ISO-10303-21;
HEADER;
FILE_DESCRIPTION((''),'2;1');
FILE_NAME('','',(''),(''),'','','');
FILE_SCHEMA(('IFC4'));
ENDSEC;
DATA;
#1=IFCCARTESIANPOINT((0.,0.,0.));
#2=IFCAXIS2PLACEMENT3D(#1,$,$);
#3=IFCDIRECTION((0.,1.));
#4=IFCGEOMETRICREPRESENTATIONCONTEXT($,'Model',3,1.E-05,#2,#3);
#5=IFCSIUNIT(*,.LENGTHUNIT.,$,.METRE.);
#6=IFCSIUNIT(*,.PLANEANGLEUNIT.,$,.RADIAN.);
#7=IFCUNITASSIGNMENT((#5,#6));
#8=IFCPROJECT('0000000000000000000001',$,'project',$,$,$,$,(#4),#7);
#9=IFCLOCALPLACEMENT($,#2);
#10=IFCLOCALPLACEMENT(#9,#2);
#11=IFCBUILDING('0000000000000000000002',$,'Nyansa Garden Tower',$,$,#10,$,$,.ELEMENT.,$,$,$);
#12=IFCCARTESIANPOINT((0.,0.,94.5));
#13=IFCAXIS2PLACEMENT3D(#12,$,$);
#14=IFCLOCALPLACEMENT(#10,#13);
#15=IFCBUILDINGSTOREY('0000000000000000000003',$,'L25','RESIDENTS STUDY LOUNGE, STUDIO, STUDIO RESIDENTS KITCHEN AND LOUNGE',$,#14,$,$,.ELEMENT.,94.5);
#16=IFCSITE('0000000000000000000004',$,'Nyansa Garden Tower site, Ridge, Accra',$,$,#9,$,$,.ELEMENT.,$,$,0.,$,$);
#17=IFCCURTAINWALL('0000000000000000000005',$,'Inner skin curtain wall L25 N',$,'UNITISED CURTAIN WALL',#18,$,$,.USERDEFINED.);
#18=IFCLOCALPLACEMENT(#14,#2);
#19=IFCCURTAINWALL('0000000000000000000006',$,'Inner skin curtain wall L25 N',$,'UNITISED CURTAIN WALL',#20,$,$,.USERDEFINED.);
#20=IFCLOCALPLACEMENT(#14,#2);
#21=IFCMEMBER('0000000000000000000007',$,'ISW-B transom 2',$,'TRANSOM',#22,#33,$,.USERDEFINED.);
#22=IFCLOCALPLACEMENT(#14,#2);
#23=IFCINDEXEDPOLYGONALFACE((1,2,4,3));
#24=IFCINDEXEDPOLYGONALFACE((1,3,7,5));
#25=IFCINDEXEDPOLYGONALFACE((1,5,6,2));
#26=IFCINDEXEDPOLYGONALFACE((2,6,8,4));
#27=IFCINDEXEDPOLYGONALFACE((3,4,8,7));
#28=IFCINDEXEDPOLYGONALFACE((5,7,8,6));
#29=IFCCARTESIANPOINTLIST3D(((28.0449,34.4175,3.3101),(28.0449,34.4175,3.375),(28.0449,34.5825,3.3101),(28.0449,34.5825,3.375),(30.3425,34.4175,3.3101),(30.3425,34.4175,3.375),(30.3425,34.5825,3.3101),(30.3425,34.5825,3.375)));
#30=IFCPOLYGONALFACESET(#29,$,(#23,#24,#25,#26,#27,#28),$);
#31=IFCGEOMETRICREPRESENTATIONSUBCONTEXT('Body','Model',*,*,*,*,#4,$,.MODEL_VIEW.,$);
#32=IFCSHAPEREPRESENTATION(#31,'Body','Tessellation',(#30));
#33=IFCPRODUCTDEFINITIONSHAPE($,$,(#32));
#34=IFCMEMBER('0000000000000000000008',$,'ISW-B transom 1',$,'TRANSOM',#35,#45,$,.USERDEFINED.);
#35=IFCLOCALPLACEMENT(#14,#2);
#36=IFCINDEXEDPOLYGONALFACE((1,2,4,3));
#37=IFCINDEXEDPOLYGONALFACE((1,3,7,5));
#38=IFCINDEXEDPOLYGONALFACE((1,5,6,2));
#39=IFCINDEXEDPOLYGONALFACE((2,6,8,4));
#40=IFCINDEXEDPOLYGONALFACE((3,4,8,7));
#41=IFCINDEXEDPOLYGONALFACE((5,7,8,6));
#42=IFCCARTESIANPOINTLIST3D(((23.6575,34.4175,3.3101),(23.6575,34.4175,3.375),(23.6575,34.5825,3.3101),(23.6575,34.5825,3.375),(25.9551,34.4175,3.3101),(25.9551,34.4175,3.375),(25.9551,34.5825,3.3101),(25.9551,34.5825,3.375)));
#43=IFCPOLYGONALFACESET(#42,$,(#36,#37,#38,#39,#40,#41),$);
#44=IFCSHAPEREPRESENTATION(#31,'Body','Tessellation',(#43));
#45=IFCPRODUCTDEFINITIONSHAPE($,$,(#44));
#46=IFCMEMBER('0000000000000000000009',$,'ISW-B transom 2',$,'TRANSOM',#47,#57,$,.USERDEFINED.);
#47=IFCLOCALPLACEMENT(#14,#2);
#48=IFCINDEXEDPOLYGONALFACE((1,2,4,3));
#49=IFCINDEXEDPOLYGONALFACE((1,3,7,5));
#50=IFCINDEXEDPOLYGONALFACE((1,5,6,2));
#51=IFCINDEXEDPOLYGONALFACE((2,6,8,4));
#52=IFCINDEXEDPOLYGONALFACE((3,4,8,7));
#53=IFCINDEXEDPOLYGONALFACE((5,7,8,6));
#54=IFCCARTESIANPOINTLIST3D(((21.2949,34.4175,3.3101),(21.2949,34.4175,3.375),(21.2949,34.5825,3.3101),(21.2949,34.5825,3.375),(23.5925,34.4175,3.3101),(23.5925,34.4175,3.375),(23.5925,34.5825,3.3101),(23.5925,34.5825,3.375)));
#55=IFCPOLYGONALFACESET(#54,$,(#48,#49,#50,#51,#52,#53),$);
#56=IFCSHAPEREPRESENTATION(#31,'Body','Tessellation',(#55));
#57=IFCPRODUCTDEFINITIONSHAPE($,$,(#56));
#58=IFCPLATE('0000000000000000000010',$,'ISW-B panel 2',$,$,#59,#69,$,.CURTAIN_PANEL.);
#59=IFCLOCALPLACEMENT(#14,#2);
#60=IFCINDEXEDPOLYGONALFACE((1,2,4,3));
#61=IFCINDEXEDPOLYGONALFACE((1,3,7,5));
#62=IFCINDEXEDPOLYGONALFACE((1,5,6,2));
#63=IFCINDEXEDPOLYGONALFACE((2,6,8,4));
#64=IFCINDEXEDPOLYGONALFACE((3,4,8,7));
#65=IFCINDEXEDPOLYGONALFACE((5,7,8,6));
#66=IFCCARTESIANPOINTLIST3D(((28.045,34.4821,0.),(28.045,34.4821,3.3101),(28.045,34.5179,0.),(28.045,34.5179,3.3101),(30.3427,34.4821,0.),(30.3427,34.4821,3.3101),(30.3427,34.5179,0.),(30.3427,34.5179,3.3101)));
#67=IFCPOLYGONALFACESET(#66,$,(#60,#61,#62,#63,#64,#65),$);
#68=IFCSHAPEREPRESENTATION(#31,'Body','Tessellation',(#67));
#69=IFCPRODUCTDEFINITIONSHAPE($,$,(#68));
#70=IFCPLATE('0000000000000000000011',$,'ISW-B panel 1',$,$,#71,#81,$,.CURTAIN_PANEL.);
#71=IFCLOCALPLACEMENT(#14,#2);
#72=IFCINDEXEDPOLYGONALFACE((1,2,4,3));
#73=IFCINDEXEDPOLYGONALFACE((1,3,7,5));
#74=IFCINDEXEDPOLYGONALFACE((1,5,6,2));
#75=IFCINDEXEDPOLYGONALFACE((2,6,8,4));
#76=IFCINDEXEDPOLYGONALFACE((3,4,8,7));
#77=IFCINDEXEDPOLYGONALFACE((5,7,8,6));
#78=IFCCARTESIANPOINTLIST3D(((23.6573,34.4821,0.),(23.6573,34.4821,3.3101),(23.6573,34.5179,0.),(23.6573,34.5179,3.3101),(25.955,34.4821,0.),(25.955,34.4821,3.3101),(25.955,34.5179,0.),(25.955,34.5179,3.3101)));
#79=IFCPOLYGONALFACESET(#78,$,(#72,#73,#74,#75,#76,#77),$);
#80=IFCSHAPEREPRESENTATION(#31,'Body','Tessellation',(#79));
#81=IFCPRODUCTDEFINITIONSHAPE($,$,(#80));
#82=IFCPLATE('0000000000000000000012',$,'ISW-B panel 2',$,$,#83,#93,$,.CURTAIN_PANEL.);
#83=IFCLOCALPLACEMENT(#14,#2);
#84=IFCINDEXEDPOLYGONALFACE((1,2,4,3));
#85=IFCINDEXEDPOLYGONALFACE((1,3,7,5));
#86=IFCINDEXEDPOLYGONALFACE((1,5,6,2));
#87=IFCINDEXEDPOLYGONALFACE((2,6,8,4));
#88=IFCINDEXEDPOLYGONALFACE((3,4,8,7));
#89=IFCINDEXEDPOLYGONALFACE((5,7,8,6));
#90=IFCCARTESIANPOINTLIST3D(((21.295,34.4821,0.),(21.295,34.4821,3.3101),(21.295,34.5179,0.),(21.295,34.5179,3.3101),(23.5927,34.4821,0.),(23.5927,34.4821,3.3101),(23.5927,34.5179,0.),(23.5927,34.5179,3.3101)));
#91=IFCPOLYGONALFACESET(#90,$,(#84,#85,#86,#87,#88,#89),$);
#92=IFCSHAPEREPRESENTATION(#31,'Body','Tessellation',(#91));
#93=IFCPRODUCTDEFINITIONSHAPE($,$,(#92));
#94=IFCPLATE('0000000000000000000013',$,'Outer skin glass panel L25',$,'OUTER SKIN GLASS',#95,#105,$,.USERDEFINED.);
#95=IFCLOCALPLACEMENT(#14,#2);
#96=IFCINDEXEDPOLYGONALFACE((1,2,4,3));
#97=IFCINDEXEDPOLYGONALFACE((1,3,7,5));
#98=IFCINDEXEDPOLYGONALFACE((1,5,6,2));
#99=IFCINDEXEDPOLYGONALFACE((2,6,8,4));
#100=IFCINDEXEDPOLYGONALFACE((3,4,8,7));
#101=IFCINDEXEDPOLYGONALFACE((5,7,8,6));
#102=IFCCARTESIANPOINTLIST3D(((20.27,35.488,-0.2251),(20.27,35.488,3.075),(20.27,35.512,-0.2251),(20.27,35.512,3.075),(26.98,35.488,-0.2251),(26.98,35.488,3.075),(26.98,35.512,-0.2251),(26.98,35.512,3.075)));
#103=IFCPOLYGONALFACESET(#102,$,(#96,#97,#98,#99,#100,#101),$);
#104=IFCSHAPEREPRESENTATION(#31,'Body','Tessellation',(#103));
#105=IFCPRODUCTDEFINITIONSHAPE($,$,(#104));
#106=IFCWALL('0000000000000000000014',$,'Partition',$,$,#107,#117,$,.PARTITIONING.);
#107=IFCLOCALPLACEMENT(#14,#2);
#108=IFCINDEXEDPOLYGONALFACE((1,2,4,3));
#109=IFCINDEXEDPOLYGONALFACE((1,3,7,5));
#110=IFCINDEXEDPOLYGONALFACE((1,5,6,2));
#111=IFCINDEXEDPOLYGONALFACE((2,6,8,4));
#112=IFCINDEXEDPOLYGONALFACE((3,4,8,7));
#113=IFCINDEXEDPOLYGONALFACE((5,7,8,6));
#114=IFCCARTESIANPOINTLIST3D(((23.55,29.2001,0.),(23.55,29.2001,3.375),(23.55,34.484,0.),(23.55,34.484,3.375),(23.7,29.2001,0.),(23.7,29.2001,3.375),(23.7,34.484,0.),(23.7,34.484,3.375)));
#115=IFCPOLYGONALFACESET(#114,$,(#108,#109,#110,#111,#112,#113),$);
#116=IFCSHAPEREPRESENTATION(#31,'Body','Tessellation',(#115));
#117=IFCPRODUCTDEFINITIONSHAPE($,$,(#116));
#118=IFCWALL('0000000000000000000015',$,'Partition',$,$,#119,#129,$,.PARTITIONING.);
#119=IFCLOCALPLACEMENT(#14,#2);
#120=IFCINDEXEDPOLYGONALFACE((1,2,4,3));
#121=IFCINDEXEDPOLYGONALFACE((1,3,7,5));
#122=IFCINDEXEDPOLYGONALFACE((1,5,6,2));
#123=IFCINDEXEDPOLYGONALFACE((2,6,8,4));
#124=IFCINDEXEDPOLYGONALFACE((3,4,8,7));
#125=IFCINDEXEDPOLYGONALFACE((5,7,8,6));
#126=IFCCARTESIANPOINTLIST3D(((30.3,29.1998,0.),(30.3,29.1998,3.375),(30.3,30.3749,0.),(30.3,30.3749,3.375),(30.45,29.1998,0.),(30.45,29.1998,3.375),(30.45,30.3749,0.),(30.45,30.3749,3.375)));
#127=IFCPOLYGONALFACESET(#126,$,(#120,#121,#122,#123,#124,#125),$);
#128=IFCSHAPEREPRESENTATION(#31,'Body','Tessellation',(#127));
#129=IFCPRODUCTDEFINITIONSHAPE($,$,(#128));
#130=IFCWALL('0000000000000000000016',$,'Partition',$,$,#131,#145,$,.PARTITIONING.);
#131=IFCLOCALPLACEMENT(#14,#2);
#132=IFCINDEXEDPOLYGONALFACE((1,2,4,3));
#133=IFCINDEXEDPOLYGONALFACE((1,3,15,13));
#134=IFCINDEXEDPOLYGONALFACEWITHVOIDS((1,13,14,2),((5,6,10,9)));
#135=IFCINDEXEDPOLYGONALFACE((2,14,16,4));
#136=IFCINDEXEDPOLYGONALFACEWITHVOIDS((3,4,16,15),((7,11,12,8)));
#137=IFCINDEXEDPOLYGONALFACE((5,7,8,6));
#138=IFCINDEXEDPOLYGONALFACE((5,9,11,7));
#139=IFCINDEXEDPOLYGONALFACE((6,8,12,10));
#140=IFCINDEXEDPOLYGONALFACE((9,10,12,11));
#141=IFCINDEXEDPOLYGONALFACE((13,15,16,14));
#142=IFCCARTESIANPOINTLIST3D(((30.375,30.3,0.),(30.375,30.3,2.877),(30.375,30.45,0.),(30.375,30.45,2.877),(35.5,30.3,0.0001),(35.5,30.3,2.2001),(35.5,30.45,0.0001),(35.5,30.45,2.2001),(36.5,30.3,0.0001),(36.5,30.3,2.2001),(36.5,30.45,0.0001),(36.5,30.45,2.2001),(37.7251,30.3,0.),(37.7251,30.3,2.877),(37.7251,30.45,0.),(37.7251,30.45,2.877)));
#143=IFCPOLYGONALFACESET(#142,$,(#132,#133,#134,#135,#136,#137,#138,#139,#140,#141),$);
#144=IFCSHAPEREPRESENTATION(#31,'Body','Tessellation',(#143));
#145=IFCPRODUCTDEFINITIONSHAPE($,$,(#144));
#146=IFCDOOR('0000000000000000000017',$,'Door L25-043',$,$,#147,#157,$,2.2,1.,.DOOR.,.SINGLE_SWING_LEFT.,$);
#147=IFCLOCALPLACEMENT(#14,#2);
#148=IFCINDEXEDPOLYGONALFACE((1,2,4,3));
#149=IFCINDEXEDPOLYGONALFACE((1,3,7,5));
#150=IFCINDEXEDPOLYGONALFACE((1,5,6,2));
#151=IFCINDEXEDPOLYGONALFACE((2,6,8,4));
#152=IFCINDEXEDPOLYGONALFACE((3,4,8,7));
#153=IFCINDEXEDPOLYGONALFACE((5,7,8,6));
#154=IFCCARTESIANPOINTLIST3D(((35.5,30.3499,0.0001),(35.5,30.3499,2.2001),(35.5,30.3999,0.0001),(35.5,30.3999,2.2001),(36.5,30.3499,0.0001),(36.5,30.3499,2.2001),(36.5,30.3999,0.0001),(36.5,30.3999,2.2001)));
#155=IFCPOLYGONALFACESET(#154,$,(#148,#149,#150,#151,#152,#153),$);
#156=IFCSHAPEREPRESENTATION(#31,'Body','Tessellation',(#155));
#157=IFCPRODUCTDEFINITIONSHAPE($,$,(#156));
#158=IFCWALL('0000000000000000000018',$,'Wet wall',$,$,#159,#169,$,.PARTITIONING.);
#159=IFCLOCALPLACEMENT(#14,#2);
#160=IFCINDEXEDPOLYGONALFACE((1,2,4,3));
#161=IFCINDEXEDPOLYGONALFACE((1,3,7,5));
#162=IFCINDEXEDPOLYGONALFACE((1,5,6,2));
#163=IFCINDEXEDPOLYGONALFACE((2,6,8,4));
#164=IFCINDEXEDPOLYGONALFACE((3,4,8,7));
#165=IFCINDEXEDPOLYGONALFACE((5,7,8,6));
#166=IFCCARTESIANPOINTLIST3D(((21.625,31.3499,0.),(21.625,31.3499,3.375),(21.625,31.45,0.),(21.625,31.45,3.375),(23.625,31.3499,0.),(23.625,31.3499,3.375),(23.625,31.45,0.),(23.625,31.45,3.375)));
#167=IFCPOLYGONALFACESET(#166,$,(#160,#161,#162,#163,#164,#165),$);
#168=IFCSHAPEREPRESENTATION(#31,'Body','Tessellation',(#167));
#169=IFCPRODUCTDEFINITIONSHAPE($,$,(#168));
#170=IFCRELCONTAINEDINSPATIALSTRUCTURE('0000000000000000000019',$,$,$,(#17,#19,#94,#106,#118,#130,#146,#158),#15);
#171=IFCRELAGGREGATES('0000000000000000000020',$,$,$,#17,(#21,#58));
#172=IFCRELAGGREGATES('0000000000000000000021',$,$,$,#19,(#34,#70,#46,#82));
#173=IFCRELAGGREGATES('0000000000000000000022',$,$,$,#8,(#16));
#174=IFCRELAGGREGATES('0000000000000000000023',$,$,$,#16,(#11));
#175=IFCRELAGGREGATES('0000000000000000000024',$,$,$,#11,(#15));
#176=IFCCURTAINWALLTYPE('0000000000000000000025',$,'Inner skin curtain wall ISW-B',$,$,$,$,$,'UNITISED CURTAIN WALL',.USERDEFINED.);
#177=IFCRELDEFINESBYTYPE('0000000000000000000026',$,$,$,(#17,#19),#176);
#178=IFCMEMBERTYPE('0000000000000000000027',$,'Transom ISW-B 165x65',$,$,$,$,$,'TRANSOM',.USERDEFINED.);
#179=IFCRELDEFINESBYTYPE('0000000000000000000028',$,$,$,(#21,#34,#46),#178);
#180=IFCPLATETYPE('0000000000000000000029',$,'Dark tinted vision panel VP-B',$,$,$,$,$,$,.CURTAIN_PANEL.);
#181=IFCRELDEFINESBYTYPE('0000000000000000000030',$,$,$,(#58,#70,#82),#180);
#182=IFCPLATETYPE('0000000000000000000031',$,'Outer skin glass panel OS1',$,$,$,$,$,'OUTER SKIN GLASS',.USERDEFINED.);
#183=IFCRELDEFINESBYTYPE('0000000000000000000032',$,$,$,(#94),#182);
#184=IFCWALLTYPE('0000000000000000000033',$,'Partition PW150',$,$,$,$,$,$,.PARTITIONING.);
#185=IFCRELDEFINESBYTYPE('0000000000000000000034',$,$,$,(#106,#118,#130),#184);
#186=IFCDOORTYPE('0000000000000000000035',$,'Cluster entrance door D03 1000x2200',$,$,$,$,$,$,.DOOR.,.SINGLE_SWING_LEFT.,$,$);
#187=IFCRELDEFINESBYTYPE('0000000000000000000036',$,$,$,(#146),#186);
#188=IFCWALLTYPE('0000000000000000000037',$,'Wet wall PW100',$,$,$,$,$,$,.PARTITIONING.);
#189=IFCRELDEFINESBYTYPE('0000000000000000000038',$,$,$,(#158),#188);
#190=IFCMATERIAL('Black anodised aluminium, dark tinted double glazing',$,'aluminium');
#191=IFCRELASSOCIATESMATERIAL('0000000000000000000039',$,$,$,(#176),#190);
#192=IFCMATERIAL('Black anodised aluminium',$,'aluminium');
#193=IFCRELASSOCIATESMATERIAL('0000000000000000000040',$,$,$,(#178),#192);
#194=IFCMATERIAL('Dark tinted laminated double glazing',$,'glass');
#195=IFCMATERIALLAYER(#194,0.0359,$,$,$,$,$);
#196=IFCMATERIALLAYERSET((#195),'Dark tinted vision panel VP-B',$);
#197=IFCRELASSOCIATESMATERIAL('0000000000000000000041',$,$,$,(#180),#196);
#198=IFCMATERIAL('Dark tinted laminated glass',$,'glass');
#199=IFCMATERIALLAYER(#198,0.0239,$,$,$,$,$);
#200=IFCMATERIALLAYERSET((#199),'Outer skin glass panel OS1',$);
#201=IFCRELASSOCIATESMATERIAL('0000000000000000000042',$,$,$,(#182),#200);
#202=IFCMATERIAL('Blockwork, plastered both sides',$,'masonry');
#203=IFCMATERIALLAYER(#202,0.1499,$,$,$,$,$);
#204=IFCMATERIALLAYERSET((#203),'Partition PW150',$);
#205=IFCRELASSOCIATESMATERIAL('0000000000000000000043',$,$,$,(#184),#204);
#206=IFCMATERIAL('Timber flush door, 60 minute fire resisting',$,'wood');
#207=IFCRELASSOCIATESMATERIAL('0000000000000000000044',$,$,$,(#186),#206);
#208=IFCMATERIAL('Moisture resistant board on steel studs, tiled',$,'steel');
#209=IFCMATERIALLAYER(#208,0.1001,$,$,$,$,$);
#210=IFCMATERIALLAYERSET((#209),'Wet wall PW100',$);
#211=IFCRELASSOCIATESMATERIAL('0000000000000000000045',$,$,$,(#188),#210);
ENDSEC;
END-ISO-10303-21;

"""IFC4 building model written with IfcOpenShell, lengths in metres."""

from ifc_helpers import new_model, si_unit, direction, frame, frame_2d, origin, origin_2d, place, context, subcontext, project, spatial, rectangle, extrude, material, layer, layer_set, material_profile, profile_set, type_object, element, fill, aggregate, save


model = new_model("IFC4")

# Units and contexts
model_context = context("Model", 3, precision=1e-05, world=origin(), true_north=direction((0.0, 1.0)))
body_context = subcontext(model_context, "Body", "Model", "MODEL_VIEW")
ifc_project = project(units=[si_unit("LENGTHUNIT", "METRE"), si_unit("PLANEANGLEUNIT", "RADIAN")], contexts=[model_context])

# Site, building, storey
site_placement = place(None, origin())
site = spatial("IfcSite", under=ifc_project, at=site_placement, Name="Nyansa Garden Tower site, Ridge, Accra", CompositionType="ELEMENT", RefElevation=0.0)
building_placement = place(site_placement, origin())
building = spatial("IfcBuilding", under=site, at=building_placement, Name="Nyansa Garden Tower", CompositionType="ELEMENT")
storey_placement = place(building_placement, frame((0.0, 0.0, 94.5)))
storey = spatial("IfcBuildingStorey", under=building, at=storey_placement, Name="L25", Description="RESIDENTS STUDY LOUNGE, STUDIO, STUDIO RESIDENTS KITCHEN AND LOUNGE", CompositionType="ELEMENT", Elevation=94.5)

# Curtain walls
ifc_material_1 = material(Name="Black anodised aluminium, dark tinted double glazing", Category="aluminium")
curtain_wall_type = type_object("IfcCurtainWallType", Name="Inner skin curtain wall ISW-B", ElementType="UNITISED CURTAIN WALL", PredefinedType="USERDEFINED", material=ifc_material_1)
curtain_wall_1_placement = place(storey_placement, origin())
curtain_wall_1 = element("IfcCurtainWall", 1, at=curtain_wall_1_placement, inside=storey, type_object=curtain_wall_type, Name="Inner skin curtain wall L25 N", ObjectType="UNITISED CURTAIN WALL", PredefinedType="USERDEFINED")
curtain_wall_2_placement = place(storey_placement, origin())
curtain_wall_2 = element("IfcCurtainWall", 2, at=curtain_wall_2_placement, inside=storey, type_object=curtain_wall_type, Name="Inner skin curtain wall L25 N", ObjectType="UNITISED CURTAIN WALL", PredefinedType="USERDEFINED")

# Members
ifc_material_2 = material(Name="Black anodised aluminium", Category="aluminium")
ifc_material_profile_1 = material_profile(ifc_material_2, rectangle(XDim=0.165, YDim=0.0649, at=origin_2d()), Name="Transom 165x65")
ifc_profile_set_1 = profile_set([ifc_material_profile_1], Name="Black anodised aluminium")
member_type_1 = type_object("IfcMemberType", Name="Transom ISW-B 165x65", ElementType="TRANSOM", PredefinedType="USERDEFINED", material=ifc_profile_set_1)
member_1_placement = place(storey_placement, frame((30.3425, 34.5, 3.3425), z_axis=(-1.0, 0.0, 0.0), x_axis=(0.0, -1.0, 0.0)))
member_1 = element("IfcMember", 3, at=member_1_placement, type_object=member_type_1, Name="ISW-B transom 2", ObjectType="TRANSOM", PredefinedType="USERDEFINED", context=body_context, shape_type="SweptSolid", body=[
    extrude(rectangle(XDim=0.165, YDim=0.0649, at=origin_2d()), origin(), (0.0, 0.0, 1.0), 2.2976),
])
member_2_placement = place(storey_placement, frame((25.9551, 34.5, 3.3425), z_axis=(-1.0, 0.0, 0.0), x_axis=(0.0, -1.0, 0.0)))
member_2 = element("IfcMember", 4, at=member_2_placement, type_object=member_type_1, Name="ISW-B transom 1", ObjectType="TRANSOM", PredefinedType="USERDEFINED", context=body_context, shape_type="SweptSolid", body=[
    extrude(rectangle(XDim=0.165, YDim=0.0649, at=origin_2d()), origin(), (0.0, 0.0, 1.0), 2.2976),
])
member_3_placement = place(storey_placement, frame((23.5925, 34.5, 3.3425), z_axis=(-1.0, 0.0, 0.0), x_axis=(0.0, -1.0, 0.0)))
member_3 = element("IfcMember", 5, at=member_3_placement, type_object=member_type_1, Name="ISW-B transom 2", ObjectType="TRANSOM", PredefinedType="USERDEFINED", context=body_context, shape_type="SweptSolid", body=[
    extrude(rectangle(XDim=0.165, YDim=0.0649, at=origin_2d()), origin(), (0.0, 0.0, 1.0), 2.2976),
])

# Plates
ifc_material_3 = material(Name="Dark tinted laminated double glazing", Category="glass")
ifc_layer_1 = layer(ifc_material_3, 0.0359)
ifc_layer_set_1 = layer_set([ifc_layer_1], Name="Dark tinted vision panel VP-B")
plate_type_1 = type_object("IfcPlateType", Name="Dark tinted vision panel VP-B", PredefinedType="CURTAIN_PANEL", material=ifc_layer_set_1)
plate_1_placement = place(storey_placement, frame((29.1938, 34.5, 0.0), z_axis=(0.0, 0.0, 1.0), x_axis=(-1.0, 0.0, 0.0)))
plate_1 = element("IfcPlate", 6, at=plate_1_placement, type_object=plate_type_1, Name="ISW-B panel 2", PredefinedType="CURTAIN_PANEL", context=body_context, shape_type="SweptSolid", body=[
    extrude(rectangle(XDim=2.2976, YDim=0.0359, at=origin_2d()), origin(), (0.0, 0.0, 1.0), 3.3101),
])
aggregate(curtain_wall_1, [member_1, plate_1])
plate_2_placement = place(storey_placement, frame((24.8062, 34.5, 0.0), z_axis=(0.0, 0.0, 1.0), x_axis=(-1.0, 0.0, 0.0)))
plate_2 = element("IfcPlate", 7, at=plate_2_placement, type_object=plate_type_1, Name="ISW-B panel 1", PredefinedType="CURTAIN_PANEL", context=body_context, shape_type="SweptSolid", body=[
    extrude(rectangle(XDim=2.2976, YDim=0.0359, at=origin_2d()), origin(), (0.0, 0.0, 1.0), 3.3101),
])
plate_3_placement = place(storey_placement, frame((22.4438, 34.5, 0.0), z_axis=(0.0, 0.0, 1.0), x_axis=(-1.0, 0.0, 0.0)))
plate_3 = element("IfcPlate", 8, at=plate_3_placement, type_object=plate_type_1, Name="ISW-B panel 2", PredefinedType="CURTAIN_PANEL", context=body_context, shape_type="SweptSolid", body=[
    extrude(rectangle(XDim=2.2976, YDim=0.0359, at=origin_2d()), origin(), (0.0, 0.0, 1.0), 3.3101),
])
aggregate(curtain_wall_2, [member_2, plate_2, member_3, plate_3])
ifc_material_4 = material(Name="Dark tinted laminated glass", Category="glass")
ifc_layer_2 = layer(ifc_material_4, 0.0239)
ifc_layer_set_2 = layer_set([ifc_layer_2], Name="Outer skin glass panel OS1")
plate_type_2 = type_object("IfcPlateType", Name="Outer skin glass panel OS1", ElementType="OUTER SKIN GLASS", PredefinedType="USERDEFINED", material=ifc_layer_set_2)
plate_4_placement = place(storey_placement, frame((23.625, 35.5, -0.2251), z_axis=(0.0, 0.0, 1.0), x_axis=(1.0, 0.0, 0.0)))
element("IfcPlate", 9, at=plate_4_placement, inside=storey, type_object=plate_type_2, Name="Outer skin glass panel L25", ObjectType="OUTER SKIN GLASS", PredefinedType="USERDEFINED", context=body_context, shape_type="SweptSolid", body=[
    extrude(rectangle(XDim=6.71, YDim=0.0239, at=origin_2d()), origin(), (0.0, 0.0, 1.0), 3.3),
])

# Walls
ifc_material_5 = material(Name="Blockwork, plastered both sides", Category="masonry")
ifc_layer_3 = layer(ifc_material_5, 0.1499)
ifc_layer_set_3 = layer_set([ifc_layer_3], Name="Partition PW150")
wall_type_1 = type_object("IfcWallType", Name="Partition PW150", PredefinedType="PARTITIONING", material=ifc_layer_set_3)
wall_1_placement = place(storey_placement, frame((23.625, 29.2, 0.0), z_axis=(0.0, 0.0, 1.0), x_axis=(0.0, 1.0, 0.0)))
element("IfcWall", 10, at=wall_1_placement, inside=storey, type_object=wall_type_1, Name="Partition", PredefinedType="PARTITIONING", context=body_context, shape_type="SweptSolid", body=[
    extrude(rectangle(XDim=5.2839, YDim=0.1499, at=frame_2d((2.6421, 0.0))), origin(), (0.0, 0.0, 1.0), 3.375),
])
wall_2_placement = place(storey_placement, frame((30.375, 29.2, 0.0), z_axis=(0.0, 0.0, 1.0), x_axis=(0.0, 1.0, 0.0)))
element("IfcWall", 11, at=wall_2_placement, inside=storey, type_object=wall_type_1, Name="Partition", PredefinedType="PARTITIONING", context=body_context, shape_type="SweptSolid", body=[
    extrude(rectangle(XDim=1.175, YDim=0.1499, at=frame_2d((0.5874, 0.0))), origin(), (0.0, 0.0, 1.0), 3.375),
])

# Wall, opening, door
wall_3_placement = place(storey_placement, frame((30.375, 30.375, 0.0), z_axis=(0.0, 0.0, 1.0), x_axis=(1.0, 0.0, 0.0)))
wall_3 = element("IfcWall", 12, at=wall_3_placement, inside=storey, type_object=wall_type_1, Name="Partition", PredefinedType="PARTITIONING", context=body_context, shape_type="SweptSolid", body=[
    extrude(rectangle(XDim=7.3501, YDim=0.1499, at=frame_2d((3.675, 0.0))), origin(), (0.0, 0.0, 1.0), 2.877),
])
opening_placement = place(wall_3_placement, frame((5.125, 0.0, 0.0)))
opening = element("IfcOpeningElement", 13, at=opening_placement, cuts=wall_3, PredefinedType="OPENING", context=body_context, shape_type="SweptSolid", body=[
    extrude(rectangle(XDim=1.0, YDim=2.2, at=frame_2d((0.5, 1.1001))), frame((0.0, 0.085, 0.0), z_axis=(0.0, -1.0, 0.0), x_axis=(1.0, 0.0, 0.0)), (0.0, 0.0, 1.0), 0.1699),
])
ifc_material_6 = material(Name="Timber flush door, 60 minute fire resisting", Category="wood")
door_type = type_object("IfcDoorType", Name="Cluster entrance door D03 1000x2200", OperationType="SINGLE_SWING_LEFT", PredefinedType="DOOR", material=ifc_material_6)
door_placement = place(opening_placement, origin())
door = element("IfcDoor", 14, at=door_placement, inside=storey, type_object=door_type, Name="Door L25-043", OperationType="SINGLE_SWING_LEFT", OverallHeight=2.2, OverallWidth=1.0, PredefinedType="DOOR", context=body_context, shape_type="SweptSolid", body=[
    extrude(rectangle(XDim=1.0, YDim=2.2, at=frame_2d((0.5, 1.1001))), frame((0.0, 0.0249, 0.0), z_axis=(0.0, -1.0, 0.0), x_axis=(1.0, 0.0, 0.0)), (0.0, 0.0, 1.0), 0.05),
])
fill(opening, door)

# Wall
ifc_material_7 = material(Name="Moisture resistant board on steel studs, tiled", Category="steel")
ifc_layer_4 = layer(ifc_material_7, 0.1001)
ifc_layer_set_4 = layer_set([ifc_layer_4], Name="Wet wall PW100")
wall_type_2 = type_object("IfcWallType", Name="Wet wall PW100", PredefinedType="PARTITIONING", material=ifc_layer_set_4)
wall_4_placement = place(storey_placement, frame((21.625, 31.3999, 0.0), z_axis=(0.0, 0.0, 1.0), x_axis=(1.0, 0.0, 0.0)))
element("IfcWall", 15, at=wall_4_placement, inside=storey, type_object=wall_type_2, Name="Wet wall", PredefinedType="PARTITIONING", context=body_context, shape_type="SweptSolid", body=[
    extrude(rectangle(XDim=2.0, YDim=0.1001, at=frame_2d((1.0, 0.0))), origin(), (0.0, 0.0, 1.0), 3.375),
])

save(model, "model.ifc")
